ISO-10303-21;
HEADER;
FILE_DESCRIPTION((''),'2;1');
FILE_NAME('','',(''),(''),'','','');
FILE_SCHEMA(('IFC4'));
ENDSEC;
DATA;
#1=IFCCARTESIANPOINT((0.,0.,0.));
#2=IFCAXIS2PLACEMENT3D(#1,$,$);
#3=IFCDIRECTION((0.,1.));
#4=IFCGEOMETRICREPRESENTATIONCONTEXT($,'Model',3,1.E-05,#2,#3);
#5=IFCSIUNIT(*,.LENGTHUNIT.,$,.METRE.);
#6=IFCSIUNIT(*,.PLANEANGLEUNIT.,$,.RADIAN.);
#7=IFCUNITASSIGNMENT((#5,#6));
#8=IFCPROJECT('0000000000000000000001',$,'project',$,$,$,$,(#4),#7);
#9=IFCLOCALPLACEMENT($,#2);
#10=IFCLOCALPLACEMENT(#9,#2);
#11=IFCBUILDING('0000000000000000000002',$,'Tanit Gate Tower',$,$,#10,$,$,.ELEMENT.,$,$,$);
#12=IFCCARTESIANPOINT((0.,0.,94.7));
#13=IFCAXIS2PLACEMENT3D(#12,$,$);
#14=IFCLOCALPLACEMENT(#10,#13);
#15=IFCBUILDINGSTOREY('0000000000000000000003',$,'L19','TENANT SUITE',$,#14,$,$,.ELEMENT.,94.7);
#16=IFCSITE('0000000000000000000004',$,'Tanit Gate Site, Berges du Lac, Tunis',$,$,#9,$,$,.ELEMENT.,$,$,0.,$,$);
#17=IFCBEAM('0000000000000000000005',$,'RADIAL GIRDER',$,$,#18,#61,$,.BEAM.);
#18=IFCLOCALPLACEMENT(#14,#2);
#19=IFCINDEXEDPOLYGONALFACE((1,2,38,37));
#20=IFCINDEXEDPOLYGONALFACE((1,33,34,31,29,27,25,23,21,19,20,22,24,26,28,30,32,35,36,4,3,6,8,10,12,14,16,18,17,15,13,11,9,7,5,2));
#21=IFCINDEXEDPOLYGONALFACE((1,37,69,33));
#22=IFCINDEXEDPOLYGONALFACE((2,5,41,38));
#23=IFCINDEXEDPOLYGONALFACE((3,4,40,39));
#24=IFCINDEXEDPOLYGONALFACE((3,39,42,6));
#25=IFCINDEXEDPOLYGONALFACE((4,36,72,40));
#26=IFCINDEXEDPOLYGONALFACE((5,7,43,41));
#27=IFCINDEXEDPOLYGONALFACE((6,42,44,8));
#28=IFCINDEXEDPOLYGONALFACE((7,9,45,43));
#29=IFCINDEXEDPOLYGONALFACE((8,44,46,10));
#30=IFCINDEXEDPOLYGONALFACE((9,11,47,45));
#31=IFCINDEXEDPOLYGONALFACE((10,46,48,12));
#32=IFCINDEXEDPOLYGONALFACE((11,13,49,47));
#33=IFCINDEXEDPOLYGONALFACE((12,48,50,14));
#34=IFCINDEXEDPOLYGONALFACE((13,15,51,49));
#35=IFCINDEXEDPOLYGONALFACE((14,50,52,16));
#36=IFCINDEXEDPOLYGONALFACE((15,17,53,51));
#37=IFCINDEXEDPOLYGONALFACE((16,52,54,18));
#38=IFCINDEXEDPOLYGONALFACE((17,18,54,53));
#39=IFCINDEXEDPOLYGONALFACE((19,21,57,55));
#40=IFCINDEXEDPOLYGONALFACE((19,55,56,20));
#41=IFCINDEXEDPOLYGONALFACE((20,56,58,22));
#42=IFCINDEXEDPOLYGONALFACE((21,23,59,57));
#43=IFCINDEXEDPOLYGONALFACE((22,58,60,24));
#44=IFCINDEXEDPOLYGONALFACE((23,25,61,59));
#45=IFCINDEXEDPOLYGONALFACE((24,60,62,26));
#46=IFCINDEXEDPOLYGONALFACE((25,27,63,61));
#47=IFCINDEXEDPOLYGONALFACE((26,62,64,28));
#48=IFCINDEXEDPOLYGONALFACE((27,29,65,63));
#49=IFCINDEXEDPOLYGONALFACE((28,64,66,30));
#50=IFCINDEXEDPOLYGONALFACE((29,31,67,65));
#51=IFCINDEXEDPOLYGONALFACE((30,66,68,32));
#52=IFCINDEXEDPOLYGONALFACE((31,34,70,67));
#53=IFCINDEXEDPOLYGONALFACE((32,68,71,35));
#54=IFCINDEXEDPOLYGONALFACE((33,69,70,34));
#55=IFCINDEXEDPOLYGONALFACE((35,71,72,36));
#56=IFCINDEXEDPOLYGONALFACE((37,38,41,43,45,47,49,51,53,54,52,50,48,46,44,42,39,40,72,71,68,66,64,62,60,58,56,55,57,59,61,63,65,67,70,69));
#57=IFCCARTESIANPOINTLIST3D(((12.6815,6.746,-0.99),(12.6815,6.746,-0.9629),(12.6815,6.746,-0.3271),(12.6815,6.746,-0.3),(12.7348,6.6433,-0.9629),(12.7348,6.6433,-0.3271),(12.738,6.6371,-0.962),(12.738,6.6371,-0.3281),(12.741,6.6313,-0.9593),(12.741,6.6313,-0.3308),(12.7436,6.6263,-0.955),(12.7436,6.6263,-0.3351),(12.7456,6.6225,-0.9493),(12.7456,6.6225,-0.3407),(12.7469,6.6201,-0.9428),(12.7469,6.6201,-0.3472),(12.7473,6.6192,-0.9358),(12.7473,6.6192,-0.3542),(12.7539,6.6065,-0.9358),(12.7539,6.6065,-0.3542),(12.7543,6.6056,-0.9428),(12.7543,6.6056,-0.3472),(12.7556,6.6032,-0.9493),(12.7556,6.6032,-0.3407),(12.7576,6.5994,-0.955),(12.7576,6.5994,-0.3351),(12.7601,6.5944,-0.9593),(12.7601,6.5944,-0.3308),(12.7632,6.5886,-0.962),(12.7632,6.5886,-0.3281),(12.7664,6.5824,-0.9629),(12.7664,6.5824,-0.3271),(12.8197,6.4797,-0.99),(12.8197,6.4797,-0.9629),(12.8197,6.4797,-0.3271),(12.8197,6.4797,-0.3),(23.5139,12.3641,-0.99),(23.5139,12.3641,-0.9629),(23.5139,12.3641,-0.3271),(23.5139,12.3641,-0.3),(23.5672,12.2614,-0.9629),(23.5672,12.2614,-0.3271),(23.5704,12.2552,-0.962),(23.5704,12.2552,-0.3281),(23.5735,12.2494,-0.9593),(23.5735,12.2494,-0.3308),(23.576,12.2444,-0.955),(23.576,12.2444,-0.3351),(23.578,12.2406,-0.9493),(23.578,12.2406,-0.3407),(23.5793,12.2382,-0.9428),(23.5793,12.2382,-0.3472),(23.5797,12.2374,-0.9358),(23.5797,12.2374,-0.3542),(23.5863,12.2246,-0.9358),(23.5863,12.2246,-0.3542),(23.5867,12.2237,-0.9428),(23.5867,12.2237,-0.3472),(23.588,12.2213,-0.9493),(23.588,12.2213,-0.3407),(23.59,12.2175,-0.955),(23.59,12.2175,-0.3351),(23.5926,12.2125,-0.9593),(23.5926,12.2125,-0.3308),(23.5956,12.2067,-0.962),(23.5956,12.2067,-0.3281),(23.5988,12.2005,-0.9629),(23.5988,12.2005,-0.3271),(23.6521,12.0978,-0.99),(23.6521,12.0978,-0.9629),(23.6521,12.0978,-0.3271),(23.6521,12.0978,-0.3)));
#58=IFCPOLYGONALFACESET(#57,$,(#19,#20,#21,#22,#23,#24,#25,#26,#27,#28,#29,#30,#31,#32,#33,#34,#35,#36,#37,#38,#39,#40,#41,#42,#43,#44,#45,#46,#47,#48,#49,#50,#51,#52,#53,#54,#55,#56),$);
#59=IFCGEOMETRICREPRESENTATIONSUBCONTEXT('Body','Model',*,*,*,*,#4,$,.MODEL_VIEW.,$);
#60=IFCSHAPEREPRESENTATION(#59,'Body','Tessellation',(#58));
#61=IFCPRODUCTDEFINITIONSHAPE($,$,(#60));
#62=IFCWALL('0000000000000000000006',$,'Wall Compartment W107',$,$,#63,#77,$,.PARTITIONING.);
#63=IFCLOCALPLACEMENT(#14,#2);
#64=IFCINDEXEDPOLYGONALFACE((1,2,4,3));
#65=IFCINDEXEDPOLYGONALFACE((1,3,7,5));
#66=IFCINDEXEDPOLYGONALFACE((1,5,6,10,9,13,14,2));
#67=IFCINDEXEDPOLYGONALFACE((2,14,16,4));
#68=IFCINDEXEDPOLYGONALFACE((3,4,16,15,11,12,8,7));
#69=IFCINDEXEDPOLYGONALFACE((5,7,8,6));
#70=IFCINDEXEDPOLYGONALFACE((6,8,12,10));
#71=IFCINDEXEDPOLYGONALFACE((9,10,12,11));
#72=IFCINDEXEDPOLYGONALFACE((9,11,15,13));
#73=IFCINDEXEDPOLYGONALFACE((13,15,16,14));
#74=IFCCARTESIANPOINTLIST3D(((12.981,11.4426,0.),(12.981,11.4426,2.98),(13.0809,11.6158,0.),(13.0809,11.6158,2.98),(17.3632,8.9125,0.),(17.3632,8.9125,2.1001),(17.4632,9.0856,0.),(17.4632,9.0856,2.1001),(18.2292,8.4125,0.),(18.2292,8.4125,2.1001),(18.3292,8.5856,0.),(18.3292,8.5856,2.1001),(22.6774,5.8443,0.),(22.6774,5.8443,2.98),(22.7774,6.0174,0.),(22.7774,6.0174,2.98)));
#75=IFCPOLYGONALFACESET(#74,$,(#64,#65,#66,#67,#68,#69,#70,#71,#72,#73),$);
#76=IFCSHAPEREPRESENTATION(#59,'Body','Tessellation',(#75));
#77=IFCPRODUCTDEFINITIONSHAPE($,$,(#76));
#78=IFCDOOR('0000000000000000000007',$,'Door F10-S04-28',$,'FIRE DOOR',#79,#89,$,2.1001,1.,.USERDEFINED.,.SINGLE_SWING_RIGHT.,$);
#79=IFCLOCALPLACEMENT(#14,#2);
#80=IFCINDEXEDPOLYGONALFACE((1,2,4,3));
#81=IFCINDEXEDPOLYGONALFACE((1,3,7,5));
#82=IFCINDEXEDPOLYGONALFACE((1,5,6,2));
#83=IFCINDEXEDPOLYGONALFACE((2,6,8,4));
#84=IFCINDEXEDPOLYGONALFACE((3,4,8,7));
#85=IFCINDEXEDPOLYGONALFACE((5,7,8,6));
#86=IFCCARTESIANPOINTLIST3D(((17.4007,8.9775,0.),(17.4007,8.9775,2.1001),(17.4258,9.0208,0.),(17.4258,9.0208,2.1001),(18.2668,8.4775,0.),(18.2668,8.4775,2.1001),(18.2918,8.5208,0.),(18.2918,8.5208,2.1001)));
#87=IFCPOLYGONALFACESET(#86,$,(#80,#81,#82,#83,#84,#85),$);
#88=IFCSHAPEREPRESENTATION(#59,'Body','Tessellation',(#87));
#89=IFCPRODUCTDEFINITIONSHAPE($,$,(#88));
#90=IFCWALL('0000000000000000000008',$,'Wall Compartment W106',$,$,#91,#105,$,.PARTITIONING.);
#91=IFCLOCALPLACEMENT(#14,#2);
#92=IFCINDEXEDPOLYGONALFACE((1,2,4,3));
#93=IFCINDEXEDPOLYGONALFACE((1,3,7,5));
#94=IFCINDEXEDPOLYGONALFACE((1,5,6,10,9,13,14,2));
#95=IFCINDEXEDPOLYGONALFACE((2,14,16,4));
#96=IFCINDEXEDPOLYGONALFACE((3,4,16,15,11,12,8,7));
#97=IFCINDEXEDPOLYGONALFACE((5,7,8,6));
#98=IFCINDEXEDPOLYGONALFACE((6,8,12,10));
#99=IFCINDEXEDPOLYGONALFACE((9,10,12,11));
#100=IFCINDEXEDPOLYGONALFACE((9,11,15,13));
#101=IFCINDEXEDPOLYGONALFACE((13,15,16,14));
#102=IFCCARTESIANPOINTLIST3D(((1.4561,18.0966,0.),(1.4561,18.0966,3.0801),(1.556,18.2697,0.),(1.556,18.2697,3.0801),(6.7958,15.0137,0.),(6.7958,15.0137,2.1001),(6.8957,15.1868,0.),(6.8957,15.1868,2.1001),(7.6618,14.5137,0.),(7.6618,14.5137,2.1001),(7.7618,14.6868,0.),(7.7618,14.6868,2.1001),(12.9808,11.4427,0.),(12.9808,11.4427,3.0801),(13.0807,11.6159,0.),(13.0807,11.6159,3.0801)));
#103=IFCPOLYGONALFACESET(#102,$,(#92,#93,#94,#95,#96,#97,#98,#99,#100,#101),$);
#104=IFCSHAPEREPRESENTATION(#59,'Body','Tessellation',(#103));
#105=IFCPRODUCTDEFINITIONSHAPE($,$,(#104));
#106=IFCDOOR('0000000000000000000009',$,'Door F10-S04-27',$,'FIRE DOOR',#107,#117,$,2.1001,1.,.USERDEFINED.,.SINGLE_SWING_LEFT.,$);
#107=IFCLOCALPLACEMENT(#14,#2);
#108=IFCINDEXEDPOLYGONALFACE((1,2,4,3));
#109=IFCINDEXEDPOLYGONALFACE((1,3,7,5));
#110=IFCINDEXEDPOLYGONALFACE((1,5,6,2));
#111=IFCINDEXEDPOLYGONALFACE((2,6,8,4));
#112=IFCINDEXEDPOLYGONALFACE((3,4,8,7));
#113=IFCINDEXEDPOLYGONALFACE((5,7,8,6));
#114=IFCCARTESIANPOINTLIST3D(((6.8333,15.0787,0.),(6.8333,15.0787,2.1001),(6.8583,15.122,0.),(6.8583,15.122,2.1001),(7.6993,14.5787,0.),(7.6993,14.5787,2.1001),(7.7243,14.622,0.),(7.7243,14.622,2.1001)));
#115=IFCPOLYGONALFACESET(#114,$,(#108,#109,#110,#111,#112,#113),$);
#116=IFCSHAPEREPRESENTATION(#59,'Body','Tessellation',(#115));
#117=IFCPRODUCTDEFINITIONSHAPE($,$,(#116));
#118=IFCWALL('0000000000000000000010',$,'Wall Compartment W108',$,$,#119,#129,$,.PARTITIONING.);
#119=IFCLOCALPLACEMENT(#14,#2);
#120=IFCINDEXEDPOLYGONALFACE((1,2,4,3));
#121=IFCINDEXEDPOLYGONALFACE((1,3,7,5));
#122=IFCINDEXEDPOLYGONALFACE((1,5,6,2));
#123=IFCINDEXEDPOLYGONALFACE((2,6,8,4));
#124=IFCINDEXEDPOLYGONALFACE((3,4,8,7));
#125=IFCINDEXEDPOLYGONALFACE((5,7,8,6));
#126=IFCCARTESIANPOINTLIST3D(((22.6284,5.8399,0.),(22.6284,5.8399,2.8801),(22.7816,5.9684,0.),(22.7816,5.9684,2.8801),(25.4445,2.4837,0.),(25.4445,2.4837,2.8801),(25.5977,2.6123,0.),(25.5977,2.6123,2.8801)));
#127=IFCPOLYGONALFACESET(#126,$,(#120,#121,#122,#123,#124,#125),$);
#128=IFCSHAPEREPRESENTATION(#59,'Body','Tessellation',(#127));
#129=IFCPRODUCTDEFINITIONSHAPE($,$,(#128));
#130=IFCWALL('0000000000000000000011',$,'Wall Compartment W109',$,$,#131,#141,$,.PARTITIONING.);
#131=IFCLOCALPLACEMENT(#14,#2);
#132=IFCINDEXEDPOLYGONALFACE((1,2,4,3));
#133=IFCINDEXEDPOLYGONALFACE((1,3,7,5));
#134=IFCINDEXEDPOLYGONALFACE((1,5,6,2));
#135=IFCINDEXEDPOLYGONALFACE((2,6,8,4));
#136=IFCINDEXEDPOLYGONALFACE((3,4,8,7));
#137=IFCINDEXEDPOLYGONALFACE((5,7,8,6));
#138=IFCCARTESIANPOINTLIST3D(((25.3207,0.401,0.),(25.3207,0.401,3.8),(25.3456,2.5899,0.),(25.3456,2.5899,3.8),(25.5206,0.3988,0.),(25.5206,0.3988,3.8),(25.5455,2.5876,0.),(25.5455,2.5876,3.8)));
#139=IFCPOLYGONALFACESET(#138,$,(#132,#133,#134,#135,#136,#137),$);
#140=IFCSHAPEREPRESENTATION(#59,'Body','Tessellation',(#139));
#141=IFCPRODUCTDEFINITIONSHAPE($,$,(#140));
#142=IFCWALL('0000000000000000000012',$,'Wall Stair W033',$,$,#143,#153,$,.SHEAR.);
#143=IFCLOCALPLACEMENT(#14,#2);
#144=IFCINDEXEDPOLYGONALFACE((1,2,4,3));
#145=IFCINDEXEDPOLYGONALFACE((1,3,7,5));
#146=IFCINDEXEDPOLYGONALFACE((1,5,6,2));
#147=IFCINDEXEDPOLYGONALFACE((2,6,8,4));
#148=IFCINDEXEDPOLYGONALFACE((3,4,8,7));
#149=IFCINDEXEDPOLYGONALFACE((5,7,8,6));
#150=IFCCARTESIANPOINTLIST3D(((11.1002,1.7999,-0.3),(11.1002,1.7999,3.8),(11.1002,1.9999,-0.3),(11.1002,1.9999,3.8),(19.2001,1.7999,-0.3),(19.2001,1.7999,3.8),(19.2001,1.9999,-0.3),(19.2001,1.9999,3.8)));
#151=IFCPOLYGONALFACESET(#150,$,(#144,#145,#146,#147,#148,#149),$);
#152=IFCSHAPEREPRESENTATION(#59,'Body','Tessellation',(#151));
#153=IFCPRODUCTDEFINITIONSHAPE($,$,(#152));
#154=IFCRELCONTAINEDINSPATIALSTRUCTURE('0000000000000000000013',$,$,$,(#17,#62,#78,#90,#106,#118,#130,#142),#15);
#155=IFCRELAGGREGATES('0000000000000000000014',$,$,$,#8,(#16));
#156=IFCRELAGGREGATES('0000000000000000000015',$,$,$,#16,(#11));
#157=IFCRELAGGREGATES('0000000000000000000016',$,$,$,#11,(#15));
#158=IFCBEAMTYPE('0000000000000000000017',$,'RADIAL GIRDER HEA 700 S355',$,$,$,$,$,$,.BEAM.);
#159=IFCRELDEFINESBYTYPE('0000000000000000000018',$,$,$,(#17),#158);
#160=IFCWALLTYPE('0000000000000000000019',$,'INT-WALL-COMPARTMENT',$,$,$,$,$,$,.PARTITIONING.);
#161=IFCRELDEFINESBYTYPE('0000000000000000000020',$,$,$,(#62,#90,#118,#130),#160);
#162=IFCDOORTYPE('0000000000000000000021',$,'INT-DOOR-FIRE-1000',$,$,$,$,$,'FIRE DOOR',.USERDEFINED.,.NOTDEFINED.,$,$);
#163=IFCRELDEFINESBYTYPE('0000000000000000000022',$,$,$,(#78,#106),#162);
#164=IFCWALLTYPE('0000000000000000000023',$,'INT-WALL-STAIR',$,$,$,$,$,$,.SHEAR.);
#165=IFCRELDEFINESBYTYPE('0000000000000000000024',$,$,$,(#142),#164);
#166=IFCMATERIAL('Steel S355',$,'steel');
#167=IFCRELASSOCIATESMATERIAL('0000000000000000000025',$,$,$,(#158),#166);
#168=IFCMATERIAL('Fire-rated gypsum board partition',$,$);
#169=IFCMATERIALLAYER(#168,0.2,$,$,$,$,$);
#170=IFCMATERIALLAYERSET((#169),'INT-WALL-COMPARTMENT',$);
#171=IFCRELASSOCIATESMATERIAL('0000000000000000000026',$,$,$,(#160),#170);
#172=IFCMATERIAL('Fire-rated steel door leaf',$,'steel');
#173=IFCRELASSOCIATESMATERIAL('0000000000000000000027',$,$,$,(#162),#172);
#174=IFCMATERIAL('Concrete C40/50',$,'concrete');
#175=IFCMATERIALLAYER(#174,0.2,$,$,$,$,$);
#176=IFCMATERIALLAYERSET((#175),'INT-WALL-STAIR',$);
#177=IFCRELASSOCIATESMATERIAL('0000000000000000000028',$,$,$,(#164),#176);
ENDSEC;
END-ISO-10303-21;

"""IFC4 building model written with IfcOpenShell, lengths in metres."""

from ifc_helpers import new_model, si_unit, direction, frame, frame_2d, origin, origin_2d, place, context, subcontext, project, spatial, rectangle, i_section, extrude, material, layer, layer_set, material_profile, profile_set, type_object, element, fill, save


model = new_model("IFC4")

# Units and contexts
model_context = context("Model", 3, precision=1e-05, world=origin(), true_north=direction((0.0, 1.0)))
body_context = subcontext(model_context, "Body", "Model", "MODEL_VIEW")
ifc_project = project(units=[si_unit("LENGTHUNIT", "METRE"), si_unit("PLANEANGLEUNIT", "RADIAN")], contexts=[model_context])

# Site, building, storey
site_placement = place(None, origin())
site = spatial("IfcSite", under=ifc_project, at=site_placement, Name="Tanit Gate Site, Berges du Lac, Tunis", CompositionType="ELEMENT", RefElevation=0.0)
building_placement = place(site_placement, origin())
building = spatial("IfcBuilding", under=site, at=building_placement, Name="Tanit Gate Tower", CompositionType="ELEMENT")
storey_placement = place(building_placement, frame((0.0, 0.0, 94.7)))
storey = spatial("IfcBuildingStorey", under=building, at=storey_placement, Name="L19", Description="TENANT SUITE", CompositionType="ELEMENT", Elevation=94.7)

# Beam
ifc_material_1 = material(Name="Steel S355", Category="steel")
ifc_material_profile = material_profile(ifc_material_1, i_section(OverallWidth=0.3, OverallDepth=0.6899, WebThickness=0.0144, FlangeThickness=0.0271, FilletRadius=0.0271, at=origin_2d()), Name="HEA 700")
ifc_profile_set = profile_set([ifc_material_profile], Name="Steel S355")
beam_type = type_object("IfcBeamType", Name="RADIAL GIRDER HEA 700 S355", PredefinedType="BEAM", material=ifc_profile_set)
beam_placement = place(storey_placement, frame((23.583, 12.231, -0.645), z_axis=(-0.887711, -0.460401, 0.0), x_axis=(0.460401, -0.887711, 0.0)))
element("IfcBeam", 1, at=beam_placement, inside=storey, type_object=beam_type, Name="RADIAL GIRDER", PredefinedType="BEAM", context=body_context, shape_type="SweptSolid", body=[
    extrude(i_section(OverallWidth=0.3, OverallDepth=0.6899, WebThickness=0.0144, FlangeThickness=0.0271, FilletRadius=0.0271, at=origin_2d()), origin(), (0.0, 0.0, 1.0), 12.2026),
])

# Walls, openings, doors
ifc_material_2 = material(Name="Fire-rated gypsum board partition")
ifc_layer_1 = layer(ifc_material_2, 0.2)
ifc_layer_set_1 = layer_set([ifc_layer_1], Name="INT-WALL-COMPARTMENT")
wall_type_1 = type_object("IfcWallType", Name="INT-WALL-COMPARTMENT", PredefinedType="PARTITIONING", material=ifc_layer_set_1)
wall_1_placement = place(storey_placement, frame((22.7273, 5.9309, 0.0), z_axis=(0.0, 0.0, 1.0), x_axis=(-0.866022, 0.500006, 0.0)))
wall_1 = element("IfcWall", 2, at=wall_1_placement, inside=storey, type_object=wall_type_1, Name="Wall Compartment W107", PredefinedType="PARTITIONING", context=body_context, shape_type="SweptSolid", body=[
    extrude(rectangle(XDim=11.1965, YDim=0.2, at=frame_2d((5.5981, 0.0))), origin(), (0.0, 0.0, 1.0), 2.98),
])
opening_1_placement = place(wall_1_placement, frame((5.1362, 0.0, 0.0)))
opening_1 = element("IfcOpeningElement", 3, at=opening_1_placement, cuts=wall_1, PredefinedType="OPENING", context=body_context, shape_type="SweptSolid", body=[
    extrude(rectangle(XDim=1.0, YDim=2.1001, at=frame_2d((0.5, 1.05))), frame((0.0, 0.1099, 0.0), z_axis=(0.0, -1.0, 0.0), x_axis=(1.0, 0.0, 0.0)), (0.0, 0.0, 1.0), 0.22),
])
ifc_material_3 = material(Name="Fire-rated steel door leaf", Category="steel")
door_type_1 = type_object("IfcDoorType", Name="INT-DOOR-FIRE-1000", ElementType="FIRE DOOR", OperationType="NOTDEFINED", PredefinedType="USERDEFINED", material=ifc_material_3)
door_1_placement = place(opening_1_placement, origin())
door_1 = element("IfcDoor", 4, at=door_1_placement, inside=storey, type_object=door_type_1, Name="Door F10-S04-28", ObjectType="FIRE DOOR", OperationType="SINGLE_SWING_RIGHT", OverallHeight=2.1001, OverallWidth=1.0, PredefinedType="USERDEFINED", context=body_context, shape_type="SweptSolid", body=[
    extrude(rectangle(XDim=1.0, YDim=2.1001, at=frame_2d((0.5, 1.05))), frame((0.0, 0.0249, 0.0), z_axis=(0.0, -1.0, 0.0), x_axis=(1.0, 0.0, 0.0)), (0.0, 0.0, 1.0), 0.05),
])
fill(opening_1, door_1)
wall_2_placement = place(storey_placement, frame((13.0308, 11.5293, 0.0), z_axis=(0.0, 0.0, 1.0), x_axis=(-0.866024, 0.500002, 0.0)))
wall_2 = element("IfcWall", 5, at=wall_2_placement, inside=storey, type_object=wall_type_1, Name="Wall Compartment W106", PredefinedType="PARTITIONING", context=body_context, shape_type="SweptSolid", body=[
    extrude(rectangle(XDim=13.3076, YDim=0.2, at=frame_2d((6.6538, 0.0))), origin(), (0.0, 0.0, 1.0), 3.0801),
])
opening_2_placement = place(wall_2_placement, frame((6.1418, 0.0, 0.0)))
opening_2 = element("IfcOpeningElement", 6, at=opening_2_placement, cuts=wall_2, PredefinedType="OPENING", context=body_context, shape_type="SweptSolid", body=[
    extrude(rectangle(XDim=1.0, YDim=2.1001, at=frame_2d((0.5, 1.05))), frame((0.0, 0.1099, 0.0), z_axis=(0.0, -1.0, 0.0), x_axis=(1.0, 0.0, 0.0)), (0.0, 0.0, 1.0), 0.22),
])
door_2_placement = place(opening_2_placement, origin())
door_2 = element("IfcDoor", 7, at=door_2_placement, inside=storey, type_object=door_type_1, Name="Door F10-S04-27", ObjectType="FIRE DOOR", OperationType="SINGLE_SWING_LEFT", OverallHeight=2.1001, OverallWidth=1.0, PredefinedType="USERDEFINED", context=body_context, shape_type="SweptSolid", body=[
    extrude(rectangle(XDim=1.0, YDim=2.1001, at=frame_2d((0.5, 1.05))), frame((0.0, 0.0249, 0.0), z_axis=(0.0, -1.0, 0.0), x_axis=(1.0, 0.0, 0.0)), (0.0, 0.0, 1.0), 0.05),
])
fill(opening_2, door_2)

# Walls
wall_3_placement = place(storey_placement, frame((25.521, 2.5481, 0.0), z_axis=(0.0, 0.0, 1.0), x_axis=(-0.642784, 0.766047, 0.0)))
element("IfcWall", 8, at=wall_3_placement, inside=storey, type_object=wall_type_1, Name="Wall Compartment W108", PredefinedType="PARTITIONING", context=body_context, shape_type="SweptSolid", body=[
    extrude(rectangle(XDim=4.3811, YDim=0.2, at=frame_2d((2.1904, 0.0))), origin(), (0.0, 0.0, 1.0), 2.8801),
])
wall_4_placement = place(storey_placement, frame((25.4207, 0.3999, 0.0), z_axis=(0.0, 0.0, 1.0), x_axis=(0.011377, 0.999935, 0.0)))
element("IfcWall", 9, at=wall_4_placement, inside=storey, type_object=wall_type_1, Name="Wall Compartment W109", PredefinedType="PARTITIONING", context=body_context, shape_type="SweptSolid", body=[
    extrude(rectangle(XDim=2.189, YDim=0.2, at=frame_2d((1.0945, 0.0))), origin(), (0.0, 0.0, 1.0), 3.8),
])
ifc_material_4 = material(Name="Concrete C40/50", Category="concrete")
ifc_layer_2 = layer(ifc_material_4, 0.2)
ifc_layer_set_2 = layer_set([ifc_layer_2], Name="INT-WALL-STAIR")
wall_type_2 = type_object("IfcWallType", Name="INT-WALL-STAIR", PredefinedType="SHEAR", material=ifc_layer_set_2)
wall_5_placement = place(storey_placement, frame((19.2, 1.8999, -0.3), z_axis=(0.0, 0.0, 1.0), x_axis=(-1.0, 0.0, 0.0)))
element("IfcWall", 10, at=wall_5_placement, inside=storey, type_object=wall_type_2, Name="Wall Stair W033", PredefinedType="SHEAR", context=body_context, shape_type="SweptSolid", body=[
    extrude(rectangle(XDim=8.0999, YDim=0.2, at=frame_2d((4.0498, 0.0))), origin(), (0.0, 0.0, 1.0), 4.1001),
])

save(model, "model.ifc")
